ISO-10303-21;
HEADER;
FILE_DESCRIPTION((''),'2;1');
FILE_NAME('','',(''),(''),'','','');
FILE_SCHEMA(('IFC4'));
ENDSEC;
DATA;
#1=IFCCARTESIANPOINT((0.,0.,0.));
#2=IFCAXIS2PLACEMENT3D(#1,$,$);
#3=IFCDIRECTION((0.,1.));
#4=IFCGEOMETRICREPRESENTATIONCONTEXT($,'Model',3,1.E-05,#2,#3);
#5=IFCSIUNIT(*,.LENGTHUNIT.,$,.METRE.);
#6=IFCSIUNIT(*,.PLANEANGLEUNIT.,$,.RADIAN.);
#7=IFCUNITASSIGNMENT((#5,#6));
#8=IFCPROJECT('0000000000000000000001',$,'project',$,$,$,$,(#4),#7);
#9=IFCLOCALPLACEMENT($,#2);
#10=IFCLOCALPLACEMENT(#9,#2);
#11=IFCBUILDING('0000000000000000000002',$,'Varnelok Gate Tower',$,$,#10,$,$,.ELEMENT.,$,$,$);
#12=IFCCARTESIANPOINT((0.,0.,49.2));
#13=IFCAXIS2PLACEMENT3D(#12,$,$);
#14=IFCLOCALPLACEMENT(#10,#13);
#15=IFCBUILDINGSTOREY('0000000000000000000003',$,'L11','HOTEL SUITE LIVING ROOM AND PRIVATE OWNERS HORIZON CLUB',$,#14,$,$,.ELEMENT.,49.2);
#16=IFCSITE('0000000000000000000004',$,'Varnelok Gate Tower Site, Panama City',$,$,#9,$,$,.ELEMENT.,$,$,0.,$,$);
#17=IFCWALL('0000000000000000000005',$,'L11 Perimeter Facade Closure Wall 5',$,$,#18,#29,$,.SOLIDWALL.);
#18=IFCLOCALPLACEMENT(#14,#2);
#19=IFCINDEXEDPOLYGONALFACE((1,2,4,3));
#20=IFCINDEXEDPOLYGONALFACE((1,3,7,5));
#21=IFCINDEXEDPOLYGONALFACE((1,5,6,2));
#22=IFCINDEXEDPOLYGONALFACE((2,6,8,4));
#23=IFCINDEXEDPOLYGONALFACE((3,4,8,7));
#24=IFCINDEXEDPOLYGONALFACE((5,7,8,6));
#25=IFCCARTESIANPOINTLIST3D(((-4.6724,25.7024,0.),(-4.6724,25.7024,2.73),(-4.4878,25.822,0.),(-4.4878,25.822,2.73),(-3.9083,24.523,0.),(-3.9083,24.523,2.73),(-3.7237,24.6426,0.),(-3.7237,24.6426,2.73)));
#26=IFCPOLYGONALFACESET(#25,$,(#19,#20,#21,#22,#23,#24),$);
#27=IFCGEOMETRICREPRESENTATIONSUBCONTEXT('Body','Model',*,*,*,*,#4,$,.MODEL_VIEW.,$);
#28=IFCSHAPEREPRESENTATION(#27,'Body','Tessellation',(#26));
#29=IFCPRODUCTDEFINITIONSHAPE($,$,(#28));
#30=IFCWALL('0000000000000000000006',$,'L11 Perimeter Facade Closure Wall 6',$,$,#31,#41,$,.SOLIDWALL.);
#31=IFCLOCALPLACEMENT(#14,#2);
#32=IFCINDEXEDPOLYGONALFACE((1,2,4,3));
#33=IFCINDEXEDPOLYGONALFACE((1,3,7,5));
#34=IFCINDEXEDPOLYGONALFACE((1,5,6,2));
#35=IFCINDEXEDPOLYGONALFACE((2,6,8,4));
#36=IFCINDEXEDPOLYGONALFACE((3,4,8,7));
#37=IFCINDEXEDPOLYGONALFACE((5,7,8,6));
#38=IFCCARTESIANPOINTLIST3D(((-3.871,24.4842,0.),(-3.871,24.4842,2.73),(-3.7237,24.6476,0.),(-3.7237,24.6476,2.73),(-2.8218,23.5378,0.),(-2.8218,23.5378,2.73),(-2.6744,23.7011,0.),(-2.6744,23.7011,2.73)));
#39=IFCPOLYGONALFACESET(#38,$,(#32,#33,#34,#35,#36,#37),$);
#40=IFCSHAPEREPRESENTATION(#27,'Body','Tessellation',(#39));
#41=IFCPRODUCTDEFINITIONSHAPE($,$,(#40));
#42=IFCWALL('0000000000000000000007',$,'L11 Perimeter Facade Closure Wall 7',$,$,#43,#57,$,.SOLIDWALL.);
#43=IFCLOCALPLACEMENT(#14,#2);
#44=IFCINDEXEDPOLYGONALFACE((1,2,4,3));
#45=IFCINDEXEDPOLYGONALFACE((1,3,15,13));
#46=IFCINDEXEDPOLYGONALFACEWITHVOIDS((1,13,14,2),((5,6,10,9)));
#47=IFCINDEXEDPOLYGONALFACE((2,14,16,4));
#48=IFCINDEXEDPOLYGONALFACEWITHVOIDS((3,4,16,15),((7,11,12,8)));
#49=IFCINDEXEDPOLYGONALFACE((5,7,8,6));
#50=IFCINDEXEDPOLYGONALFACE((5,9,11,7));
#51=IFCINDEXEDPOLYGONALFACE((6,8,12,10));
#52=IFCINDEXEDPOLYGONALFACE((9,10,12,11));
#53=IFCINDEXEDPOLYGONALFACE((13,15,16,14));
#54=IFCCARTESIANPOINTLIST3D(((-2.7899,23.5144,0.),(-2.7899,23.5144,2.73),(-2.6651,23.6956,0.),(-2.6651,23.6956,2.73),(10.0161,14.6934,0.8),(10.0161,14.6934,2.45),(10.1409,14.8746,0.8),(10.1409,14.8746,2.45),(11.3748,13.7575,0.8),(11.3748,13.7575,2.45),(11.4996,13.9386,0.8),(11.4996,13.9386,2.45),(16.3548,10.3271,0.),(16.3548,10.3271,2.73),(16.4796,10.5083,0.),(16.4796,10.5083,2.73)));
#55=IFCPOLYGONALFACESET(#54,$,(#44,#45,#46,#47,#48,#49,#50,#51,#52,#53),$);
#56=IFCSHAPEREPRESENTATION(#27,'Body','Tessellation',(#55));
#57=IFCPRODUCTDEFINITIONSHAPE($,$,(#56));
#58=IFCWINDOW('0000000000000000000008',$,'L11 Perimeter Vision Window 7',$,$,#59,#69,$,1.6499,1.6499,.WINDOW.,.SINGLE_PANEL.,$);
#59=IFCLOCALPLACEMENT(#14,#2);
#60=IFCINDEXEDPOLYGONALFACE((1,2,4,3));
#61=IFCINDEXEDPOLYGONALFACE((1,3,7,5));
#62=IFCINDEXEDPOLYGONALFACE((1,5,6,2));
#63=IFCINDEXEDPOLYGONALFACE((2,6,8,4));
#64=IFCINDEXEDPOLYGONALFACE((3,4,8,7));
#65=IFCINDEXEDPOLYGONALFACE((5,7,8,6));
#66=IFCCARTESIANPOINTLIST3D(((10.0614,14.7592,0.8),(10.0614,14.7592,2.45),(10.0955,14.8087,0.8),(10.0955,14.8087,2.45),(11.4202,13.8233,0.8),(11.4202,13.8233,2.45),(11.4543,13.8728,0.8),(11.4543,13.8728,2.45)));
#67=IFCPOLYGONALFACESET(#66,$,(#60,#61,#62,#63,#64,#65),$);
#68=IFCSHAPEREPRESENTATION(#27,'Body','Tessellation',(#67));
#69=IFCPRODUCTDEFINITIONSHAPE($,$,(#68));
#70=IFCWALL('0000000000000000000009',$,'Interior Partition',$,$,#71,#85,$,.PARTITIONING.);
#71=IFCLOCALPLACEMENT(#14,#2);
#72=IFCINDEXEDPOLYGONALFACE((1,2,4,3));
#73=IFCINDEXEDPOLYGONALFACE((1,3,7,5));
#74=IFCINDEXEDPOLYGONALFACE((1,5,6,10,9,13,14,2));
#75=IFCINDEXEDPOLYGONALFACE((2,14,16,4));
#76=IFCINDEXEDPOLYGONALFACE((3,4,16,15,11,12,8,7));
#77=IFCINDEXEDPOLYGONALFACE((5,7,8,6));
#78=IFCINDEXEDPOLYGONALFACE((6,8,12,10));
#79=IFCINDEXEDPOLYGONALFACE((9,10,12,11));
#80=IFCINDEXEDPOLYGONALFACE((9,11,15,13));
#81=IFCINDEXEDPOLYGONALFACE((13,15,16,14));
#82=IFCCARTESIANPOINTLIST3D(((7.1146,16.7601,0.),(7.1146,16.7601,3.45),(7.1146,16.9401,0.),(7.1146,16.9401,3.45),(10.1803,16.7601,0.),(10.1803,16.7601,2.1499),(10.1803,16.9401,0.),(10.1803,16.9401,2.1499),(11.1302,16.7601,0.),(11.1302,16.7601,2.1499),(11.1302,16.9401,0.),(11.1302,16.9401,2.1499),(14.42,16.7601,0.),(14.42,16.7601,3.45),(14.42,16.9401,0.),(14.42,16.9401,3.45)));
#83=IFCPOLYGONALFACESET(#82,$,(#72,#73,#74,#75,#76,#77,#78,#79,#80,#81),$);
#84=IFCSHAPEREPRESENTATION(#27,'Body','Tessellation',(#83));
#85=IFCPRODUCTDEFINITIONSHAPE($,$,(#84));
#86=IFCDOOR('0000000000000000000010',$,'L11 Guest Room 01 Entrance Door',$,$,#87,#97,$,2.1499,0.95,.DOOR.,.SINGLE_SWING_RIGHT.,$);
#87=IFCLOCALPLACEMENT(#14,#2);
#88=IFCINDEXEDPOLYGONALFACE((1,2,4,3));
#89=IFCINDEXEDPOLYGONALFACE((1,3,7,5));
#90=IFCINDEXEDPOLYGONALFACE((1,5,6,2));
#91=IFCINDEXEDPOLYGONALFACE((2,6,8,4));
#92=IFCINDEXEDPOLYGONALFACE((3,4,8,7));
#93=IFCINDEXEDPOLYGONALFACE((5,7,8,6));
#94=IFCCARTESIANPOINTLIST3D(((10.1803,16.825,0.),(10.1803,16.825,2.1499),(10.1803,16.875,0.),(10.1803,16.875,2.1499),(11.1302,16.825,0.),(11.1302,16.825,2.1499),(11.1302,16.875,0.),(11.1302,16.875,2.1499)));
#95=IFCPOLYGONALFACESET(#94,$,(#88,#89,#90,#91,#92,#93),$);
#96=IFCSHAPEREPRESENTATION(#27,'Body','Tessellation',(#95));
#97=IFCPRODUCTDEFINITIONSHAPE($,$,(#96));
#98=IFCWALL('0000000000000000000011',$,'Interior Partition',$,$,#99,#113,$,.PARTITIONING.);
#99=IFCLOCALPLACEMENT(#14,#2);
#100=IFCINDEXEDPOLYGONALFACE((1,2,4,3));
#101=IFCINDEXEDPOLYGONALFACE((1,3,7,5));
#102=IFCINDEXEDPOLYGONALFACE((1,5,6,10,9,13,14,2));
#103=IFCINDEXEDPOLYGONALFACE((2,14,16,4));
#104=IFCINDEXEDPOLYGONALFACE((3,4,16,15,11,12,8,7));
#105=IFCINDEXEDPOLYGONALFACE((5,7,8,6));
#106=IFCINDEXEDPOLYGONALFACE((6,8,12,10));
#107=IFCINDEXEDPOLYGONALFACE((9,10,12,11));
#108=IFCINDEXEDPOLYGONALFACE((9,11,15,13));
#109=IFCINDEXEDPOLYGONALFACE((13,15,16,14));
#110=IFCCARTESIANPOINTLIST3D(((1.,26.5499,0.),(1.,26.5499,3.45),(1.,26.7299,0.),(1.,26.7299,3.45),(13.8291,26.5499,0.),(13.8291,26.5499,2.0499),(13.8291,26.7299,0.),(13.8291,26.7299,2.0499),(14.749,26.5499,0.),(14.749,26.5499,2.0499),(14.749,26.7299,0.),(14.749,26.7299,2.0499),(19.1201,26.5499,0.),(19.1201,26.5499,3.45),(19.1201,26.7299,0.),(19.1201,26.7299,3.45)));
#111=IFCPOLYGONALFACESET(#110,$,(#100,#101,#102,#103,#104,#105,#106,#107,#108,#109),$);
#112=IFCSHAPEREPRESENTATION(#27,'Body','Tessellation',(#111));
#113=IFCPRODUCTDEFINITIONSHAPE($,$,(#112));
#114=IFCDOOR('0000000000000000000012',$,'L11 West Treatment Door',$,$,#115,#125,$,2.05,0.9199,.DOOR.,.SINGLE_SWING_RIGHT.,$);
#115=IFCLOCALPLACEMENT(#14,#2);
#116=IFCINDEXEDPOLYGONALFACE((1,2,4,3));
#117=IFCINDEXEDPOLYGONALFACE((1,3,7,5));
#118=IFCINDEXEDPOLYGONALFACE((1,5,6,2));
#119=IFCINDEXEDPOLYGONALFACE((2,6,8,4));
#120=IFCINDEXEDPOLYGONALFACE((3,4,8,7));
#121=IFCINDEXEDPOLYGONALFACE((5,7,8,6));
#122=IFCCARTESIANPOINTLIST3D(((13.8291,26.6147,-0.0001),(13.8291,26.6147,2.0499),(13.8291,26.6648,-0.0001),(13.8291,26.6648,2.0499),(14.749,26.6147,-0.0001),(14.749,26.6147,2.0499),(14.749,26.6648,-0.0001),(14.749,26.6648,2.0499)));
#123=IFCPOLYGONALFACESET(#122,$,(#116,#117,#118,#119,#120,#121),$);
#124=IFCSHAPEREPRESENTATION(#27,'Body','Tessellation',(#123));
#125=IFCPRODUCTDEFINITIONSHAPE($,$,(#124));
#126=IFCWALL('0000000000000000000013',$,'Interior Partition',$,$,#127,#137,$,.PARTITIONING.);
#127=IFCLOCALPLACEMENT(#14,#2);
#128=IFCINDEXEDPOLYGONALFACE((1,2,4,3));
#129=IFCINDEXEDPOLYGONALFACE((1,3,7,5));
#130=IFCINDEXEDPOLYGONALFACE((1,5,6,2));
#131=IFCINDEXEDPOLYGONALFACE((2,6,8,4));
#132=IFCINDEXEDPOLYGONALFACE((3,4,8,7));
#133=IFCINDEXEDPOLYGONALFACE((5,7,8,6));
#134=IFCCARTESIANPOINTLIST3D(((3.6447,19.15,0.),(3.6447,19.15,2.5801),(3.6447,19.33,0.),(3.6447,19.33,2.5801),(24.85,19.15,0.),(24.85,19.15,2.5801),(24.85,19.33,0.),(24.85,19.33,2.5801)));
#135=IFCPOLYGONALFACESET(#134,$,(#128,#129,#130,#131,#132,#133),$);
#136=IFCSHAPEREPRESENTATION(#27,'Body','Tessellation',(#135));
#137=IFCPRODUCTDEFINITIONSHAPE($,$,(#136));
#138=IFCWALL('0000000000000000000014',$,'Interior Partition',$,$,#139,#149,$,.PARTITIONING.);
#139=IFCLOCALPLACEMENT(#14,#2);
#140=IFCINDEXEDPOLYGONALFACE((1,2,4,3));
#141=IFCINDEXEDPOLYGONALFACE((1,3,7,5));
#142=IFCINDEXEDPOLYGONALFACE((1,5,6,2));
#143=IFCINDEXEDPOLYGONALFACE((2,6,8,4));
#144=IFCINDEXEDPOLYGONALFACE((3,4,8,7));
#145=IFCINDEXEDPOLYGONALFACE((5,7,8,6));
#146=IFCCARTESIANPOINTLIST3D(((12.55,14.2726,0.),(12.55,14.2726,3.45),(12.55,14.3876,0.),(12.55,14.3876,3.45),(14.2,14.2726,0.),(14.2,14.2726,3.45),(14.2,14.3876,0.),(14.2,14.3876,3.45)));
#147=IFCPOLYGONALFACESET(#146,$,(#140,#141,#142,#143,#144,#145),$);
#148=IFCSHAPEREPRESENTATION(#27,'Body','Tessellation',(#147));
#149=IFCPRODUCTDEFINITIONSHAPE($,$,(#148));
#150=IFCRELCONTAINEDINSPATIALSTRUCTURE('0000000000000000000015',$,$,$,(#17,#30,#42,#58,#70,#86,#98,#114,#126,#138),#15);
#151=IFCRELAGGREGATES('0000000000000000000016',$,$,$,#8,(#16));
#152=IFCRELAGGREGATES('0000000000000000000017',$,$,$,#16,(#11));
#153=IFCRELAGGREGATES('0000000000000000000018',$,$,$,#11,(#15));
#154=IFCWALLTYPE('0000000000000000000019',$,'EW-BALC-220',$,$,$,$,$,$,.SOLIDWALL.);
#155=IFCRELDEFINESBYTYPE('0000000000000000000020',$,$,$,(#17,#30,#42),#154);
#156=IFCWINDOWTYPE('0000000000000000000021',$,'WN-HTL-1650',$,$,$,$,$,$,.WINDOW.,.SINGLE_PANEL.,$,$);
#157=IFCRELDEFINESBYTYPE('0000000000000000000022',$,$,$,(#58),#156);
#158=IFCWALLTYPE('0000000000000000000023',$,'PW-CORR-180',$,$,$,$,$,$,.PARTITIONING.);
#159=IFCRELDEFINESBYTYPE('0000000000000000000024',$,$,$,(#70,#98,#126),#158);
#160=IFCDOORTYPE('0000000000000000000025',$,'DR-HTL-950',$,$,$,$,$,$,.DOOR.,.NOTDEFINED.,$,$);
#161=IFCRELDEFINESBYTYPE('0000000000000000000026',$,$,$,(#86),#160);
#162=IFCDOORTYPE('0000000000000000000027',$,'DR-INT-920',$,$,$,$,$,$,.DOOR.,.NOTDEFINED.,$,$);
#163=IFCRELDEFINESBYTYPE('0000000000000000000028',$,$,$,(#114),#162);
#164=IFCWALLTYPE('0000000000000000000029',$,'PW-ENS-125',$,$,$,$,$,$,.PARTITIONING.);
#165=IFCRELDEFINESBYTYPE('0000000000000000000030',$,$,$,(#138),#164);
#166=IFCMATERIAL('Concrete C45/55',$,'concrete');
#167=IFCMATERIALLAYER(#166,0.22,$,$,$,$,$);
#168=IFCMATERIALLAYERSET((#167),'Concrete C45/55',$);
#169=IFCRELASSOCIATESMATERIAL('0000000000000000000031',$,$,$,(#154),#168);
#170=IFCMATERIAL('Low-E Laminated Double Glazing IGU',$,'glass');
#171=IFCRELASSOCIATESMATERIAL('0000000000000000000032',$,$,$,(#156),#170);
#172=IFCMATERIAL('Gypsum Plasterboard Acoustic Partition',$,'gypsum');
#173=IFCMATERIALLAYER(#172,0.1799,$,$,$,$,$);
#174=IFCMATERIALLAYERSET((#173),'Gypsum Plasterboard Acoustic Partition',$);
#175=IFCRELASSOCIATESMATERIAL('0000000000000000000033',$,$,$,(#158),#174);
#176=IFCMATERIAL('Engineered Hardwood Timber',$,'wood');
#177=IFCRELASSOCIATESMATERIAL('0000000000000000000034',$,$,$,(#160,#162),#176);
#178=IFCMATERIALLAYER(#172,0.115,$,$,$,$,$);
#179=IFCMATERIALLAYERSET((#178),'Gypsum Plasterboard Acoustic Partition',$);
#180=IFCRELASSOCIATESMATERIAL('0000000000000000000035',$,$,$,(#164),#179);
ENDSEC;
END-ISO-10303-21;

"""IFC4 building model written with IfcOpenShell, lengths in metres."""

from ifc_helpers import new_model, si_unit, direction, frame, frame_2d, origin, place, context, subcontext, project, spatial, rectangle, extrude, material, layer, layer_set, type_object, element, fill, save


model = new_model("IFC4")

# Units and contexts
model_context = context("Model", 3, precision=1e-05, world=origin(), true_north=direction((0.0, 1.0)))
body_context = subcontext(model_context, "Body", "Model", "MODEL_VIEW")
ifc_project = project(units=[si_unit("LENGTHUNIT", "METRE"), si_unit("PLANEANGLEUNIT", "RADIAN")], contexts=[model_context])

# Site, building, storey
site_placement = place(None, origin())
site = spatial("IfcSite", under=ifc_project, at=site_placement, Name="Varnelok Gate Tower Site, Panama City", CompositionType="ELEMENT", RefElevation=0.0)
building_placement = place(site_placement, origin())
building = spatial("IfcBuilding", under=site, at=building_placement, Name="Varnelok Gate Tower", CompositionType="ELEMENT")
storey_placement = place(building_placement, frame((0.0, 0.0, 49.2)))
storey = spatial("IfcBuildingStorey", under=building, at=storey_placement, Name="L11", Description="HOTEL SUITE LIVING ROOM AND PRIVATE OWNERS HORIZON CLUB", CompositionType="ELEMENT", Elevation=49.2)

# Shared definitions
ifc_material_1 = material(Name="Concrete C45/55", Category="concrete")

# Walls
ifc_layer_1 = layer(ifc_material_1, 0.22)
ifc_layer_set_1 = layer_set([ifc_layer_1], Name="Concrete C45/55")
wall_type_1 = type_object("IfcWallType", Name="EW-BALC-220", PredefinedType="SOLIDWALL", material=ifc_layer_set_1)
for number, where, z_axis, x_axis, name in (
    (1, (-4.5801, 25.7622, 0.0), (0.0, 0.0, 1.0), (0.543748, -0.839248, 0.0), "L11 Perimeter Facade Closure Wall 5"),
):
    element("IfcWall", number, at=place(storey_placement, frame(where, z_axis=z_axis, x_axis=x_axis)), inside=storey, type_object=wall_type_1, Name=name, PredefinedType="SOLIDWALL", context=body_context, shape_type="SweptSolid", body=[
        extrude(rectangle(XDim=1.4053, YDim=0.22, at=frame_2d((0.7026, 0.0))), origin(), (0.0, 0.0, 1.0), 2.73),
    ])
wall_1_placement = place(storey_placement, frame((-3.7974, 24.5659, 0.0), z_axis=(0.0, 0.0, 1.0), x_axis=(0.742538, -0.669804, 0.0)))
element("IfcWall", 2, at=wall_1_placement, inside=storey, type_object=wall_type_1, Name="L11 Perimeter Facade Closure Wall 6", PredefinedType="SOLIDWALL", context=body_context, shape_type="SweptSolid", body=[
    extrude(rectangle(XDim=1.4131, YDim=0.22, at=frame_2d((0.7065, 0.0))), origin(), (0.0, 0.0, 1.0), 2.73),
])

# Wall, opening, window
wall_2_placement = place(storey_placement, frame((-2.7275, 23.605, 0.0), z_axis=(0.0, 0.0, 1.0), x_axis=(0.823535, -0.567265, 0.0)))
wall_2 = element("IfcWall", 3, at=wall_2_placement, inside=storey, type_object=wall_type_1, Name="L11 Perimeter Facade Closure Wall 7", PredefinedType="SOLIDWALL", context=body_context, shape_type="SweptSolid", body=[
    extrude(rectangle(XDim=23.2471, YDim=0.22, at=frame_2d((11.6235, 0.0))), origin(), (0.0, 0.0, 1.0), 2.73),
])
opening_1_placement = place(wall_2_placement, frame((15.55, 0.0, 0.8)))
opening_1 = element("IfcOpeningElement", 4, at=opening_1_placement, cuts=wall_2, PredefinedType="OPENING", context=body_context, shape_type="SweptSolid", body=[
    extrude(rectangle(XDim=1.6499, YDim=1.6499, at=frame_2d((0.825, 0.825))), frame((0.0, 0.1199, 0.0), z_axis=(0.0, -1.0, 0.0), x_axis=(1.0, 0.0, 0.0)), (0.0, 0.0, 1.0), 0.24),
])
ifc_material_2 = material(Name="Low-E Laminated Double Glazing IGU", Category="glass")
window_type = type_object("IfcWindowType", Name="WN-HTL-1650", PartitioningType="SINGLE_PANEL", PredefinedType="WINDOW", material=ifc_material_2)
window_placement = place(opening_1_placement, origin())
window = element("IfcWindow", 5, at=window_placement, inside=storey, type_object=window_type, Name="L11 Perimeter Vision Window 7", OverallHeight=1.6499, OverallWidth=1.6499, PartitioningType="SINGLE_PANEL", PredefinedType="WINDOW", context=body_context, shape_type="SweptSolid", body=[
    extrude(rectangle(XDim=1.6499, YDim=1.6499, at=frame_2d((0.825, 0.825))), frame((0.0, 0.03, 0.0), z_axis=(0.0, -1.0, 0.0), x_axis=(1.0, 0.0, 0.0)), (0.0, 0.0, 1.0), 0.0601),
])
fill(opening_1, window)

# Walls, openings, doors
ifc_material_3 = material(Name="Gypsum Plasterboard Acoustic Partition", Category="gypsum")
ifc_layer_2 = layer(ifc_material_3, 0.1799)
ifc_layer_set_2 = layer_set([ifc_layer_2], Name="Gypsum Plasterboard Acoustic Partition")
wall_type_2 = type_object("IfcWallType", Name="PW-CORR-180", PredefinedType="PARTITIONING", material=ifc_layer_set_2)
wall_3_placement = place(storey_placement, frame((7.1145, 16.8501, 0.0), z_axis=(0.0, 0.0, 1.0), x_axis=(1.0, 0.0, 0.0)))
wall_3 = element("IfcWall", 6, at=wall_3_placement, inside=storey, type_object=wall_type_2, Name="Interior Partition", PredefinedType="PARTITIONING", context=body_context, shape_type="SweptSolid", body=[
    extrude(rectangle(XDim=7.3054, YDim=0.1799, at=frame_2d((3.6528, 0.0))), origin(), (0.0, 0.0, 1.0), 3.45),
])
opening_2_placement = place(wall_3_placement, frame((3.0657, 0.0, 0.0)))
opening_2 = element("IfcOpeningElement", 7, at=opening_2_placement, cuts=wall_3, PredefinedType="OPENING", context=body_context, shape_type="SweptSolid", body=[
    extrude(rectangle(XDim=0.95, YDim=2.1499, at=frame_2d((0.4751, 1.075))), frame((0.0, 0.0999, 0.0), z_axis=(0.0, -1.0, 0.0), x_axis=(1.0, 0.0, 0.0)), (0.0, 0.0, 1.0), 0.2),
])
ifc_material_4 = material(Name="Engineered Hardwood Timber", Category="wood")
door_type_1 = type_object("IfcDoorType", Name="DR-HTL-950", OperationType="NOTDEFINED", PredefinedType="DOOR", material=ifc_material_4)
door_1_placement = place(opening_2_placement, origin())
door_1 = element("IfcDoor", 8, at=door_1_placement, inside=storey, type_object=door_type_1, Name="L11 Guest Room 01 Entrance Door", OperationType="SINGLE_SWING_RIGHT", OverallHeight=2.1499, OverallWidth=0.95, PredefinedType="DOOR", context=body_context, shape_type="SweptSolid", body=[
    extrude(rectangle(XDim=0.95, YDim=2.1499, at=frame_2d((0.4751, 1.075))), frame((0.0, 0.0249, 0.0), z_axis=(0.0, -1.0, 0.0), x_axis=(1.0, 0.0, 0.0)), (0.0, 0.0, 1.0), 0.05),
])
fill(opening_2, door_1)
wall_4_placement = place(storey_placement, frame((1.0, 26.6399, 0.0), z_axis=(0.0, 0.0, 1.0), x_axis=(1.0, 0.0, 0.0)))
wall_4 = element("IfcWall", 9, at=wall_4_placement, inside=storey, type_object=wall_type_2, Name="Interior Partition", PredefinedType="PARTITIONING", context=body_context, shape_type="SweptSolid", body=[
    extrude(rectangle(XDim=18.1201, YDim=0.1799, at=frame_2d((9.0601, 0.0))), origin(), (0.0, 0.0, 1.0), 3.45),
])
opening_3_placement = place(wall_4_placement, frame((12.8291, 0.0, 0.0)))
opening_3 = element("IfcOpeningElement", 10, at=opening_3_placement, cuts=wall_4, PredefinedType="OPENING", context=body_context, shape_type="SweptSolid", body=[
    extrude(rectangle(XDim=0.9199, YDim=2.05, at=frame_2d((0.46, 1.0249))), frame((0.0, 0.0999, 0.0), z_axis=(0.0, -1.0, 0.0), x_axis=(1.0, 0.0, 0.0)), (0.0, 0.0, 1.0), 0.2),
])
door_type_2 = type_object("IfcDoorType", Name="DR-INT-920", OperationType="NOTDEFINED", PredefinedType="DOOR", material=ifc_material_4)
door_2_placement = place(opening_3_placement, origin())
door_2 = element("IfcDoor", 11, at=door_2_placement, inside=storey, type_object=door_type_2, Name="L11 West Treatment Door", OperationType="SINGLE_SWING_RIGHT", OverallHeight=2.05, OverallWidth=0.9199, PredefinedType="DOOR", context=body_context, shape_type="SweptSolid", body=[
    extrude(rectangle(XDim=0.9199, YDim=2.05, at=frame_2d((0.46, 1.0249))), frame((0.0, 0.0249, 0.0), z_axis=(0.0, -1.0, 0.0), x_axis=(1.0, 0.0, 0.0)), (0.0, 0.0, 1.0), 0.05),
])
fill(opening_3, door_2)

# Walls
wall_5_placement = place(storey_placement, frame((3.6448, 19.24, 0.0), z_axis=(0.0, 0.0, 1.0), x_axis=(1.0, 0.0, 0.0)))
element("IfcWall", 12, at=wall_5_placement, inside=storey, type_object=wall_type_2, Name="Interior Partition", PredefinedType="PARTITIONING", context=body_context, shape_type="SweptSolid", body=[
    extrude(rectangle(XDim=21.2053, YDim=0.1799, at=frame_2d((10.6025, 0.0))), origin(), (0.0, 0.0, 1.0), 2.5801),
])
ifc_layer_3 = layer(ifc_material_3, 0.115)
ifc_layer_set_3 = layer_set([ifc_layer_3], Name="Gypsum Plasterboard Acoustic Partition")
wall_type_3 = type_object("IfcWallType", Name="PW-ENS-125", PredefinedType="PARTITIONING", material=ifc_layer_set_3)
wall_6_placement = place(storey_placement, frame((12.55, 14.3301, 0.0), z_axis=(0.0, 0.0, 1.0), x_axis=(1.0, 0.0, 0.0)))
element("IfcWall", 13, at=wall_6_placement, inside=storey, type_object=wall_type_3, Name="Interior Partition", PredefinedType="PARTITIONING", context=body_context, shape_type="SweptSolid", body=[
    extrude(rectangle(XDim=1.6499, YDim=0.115, at=frame_2d((0.825, 0.0))), origin(), (0.0, 0.0, 1.0), 3.45),
])

save(model, "model.ifc")
